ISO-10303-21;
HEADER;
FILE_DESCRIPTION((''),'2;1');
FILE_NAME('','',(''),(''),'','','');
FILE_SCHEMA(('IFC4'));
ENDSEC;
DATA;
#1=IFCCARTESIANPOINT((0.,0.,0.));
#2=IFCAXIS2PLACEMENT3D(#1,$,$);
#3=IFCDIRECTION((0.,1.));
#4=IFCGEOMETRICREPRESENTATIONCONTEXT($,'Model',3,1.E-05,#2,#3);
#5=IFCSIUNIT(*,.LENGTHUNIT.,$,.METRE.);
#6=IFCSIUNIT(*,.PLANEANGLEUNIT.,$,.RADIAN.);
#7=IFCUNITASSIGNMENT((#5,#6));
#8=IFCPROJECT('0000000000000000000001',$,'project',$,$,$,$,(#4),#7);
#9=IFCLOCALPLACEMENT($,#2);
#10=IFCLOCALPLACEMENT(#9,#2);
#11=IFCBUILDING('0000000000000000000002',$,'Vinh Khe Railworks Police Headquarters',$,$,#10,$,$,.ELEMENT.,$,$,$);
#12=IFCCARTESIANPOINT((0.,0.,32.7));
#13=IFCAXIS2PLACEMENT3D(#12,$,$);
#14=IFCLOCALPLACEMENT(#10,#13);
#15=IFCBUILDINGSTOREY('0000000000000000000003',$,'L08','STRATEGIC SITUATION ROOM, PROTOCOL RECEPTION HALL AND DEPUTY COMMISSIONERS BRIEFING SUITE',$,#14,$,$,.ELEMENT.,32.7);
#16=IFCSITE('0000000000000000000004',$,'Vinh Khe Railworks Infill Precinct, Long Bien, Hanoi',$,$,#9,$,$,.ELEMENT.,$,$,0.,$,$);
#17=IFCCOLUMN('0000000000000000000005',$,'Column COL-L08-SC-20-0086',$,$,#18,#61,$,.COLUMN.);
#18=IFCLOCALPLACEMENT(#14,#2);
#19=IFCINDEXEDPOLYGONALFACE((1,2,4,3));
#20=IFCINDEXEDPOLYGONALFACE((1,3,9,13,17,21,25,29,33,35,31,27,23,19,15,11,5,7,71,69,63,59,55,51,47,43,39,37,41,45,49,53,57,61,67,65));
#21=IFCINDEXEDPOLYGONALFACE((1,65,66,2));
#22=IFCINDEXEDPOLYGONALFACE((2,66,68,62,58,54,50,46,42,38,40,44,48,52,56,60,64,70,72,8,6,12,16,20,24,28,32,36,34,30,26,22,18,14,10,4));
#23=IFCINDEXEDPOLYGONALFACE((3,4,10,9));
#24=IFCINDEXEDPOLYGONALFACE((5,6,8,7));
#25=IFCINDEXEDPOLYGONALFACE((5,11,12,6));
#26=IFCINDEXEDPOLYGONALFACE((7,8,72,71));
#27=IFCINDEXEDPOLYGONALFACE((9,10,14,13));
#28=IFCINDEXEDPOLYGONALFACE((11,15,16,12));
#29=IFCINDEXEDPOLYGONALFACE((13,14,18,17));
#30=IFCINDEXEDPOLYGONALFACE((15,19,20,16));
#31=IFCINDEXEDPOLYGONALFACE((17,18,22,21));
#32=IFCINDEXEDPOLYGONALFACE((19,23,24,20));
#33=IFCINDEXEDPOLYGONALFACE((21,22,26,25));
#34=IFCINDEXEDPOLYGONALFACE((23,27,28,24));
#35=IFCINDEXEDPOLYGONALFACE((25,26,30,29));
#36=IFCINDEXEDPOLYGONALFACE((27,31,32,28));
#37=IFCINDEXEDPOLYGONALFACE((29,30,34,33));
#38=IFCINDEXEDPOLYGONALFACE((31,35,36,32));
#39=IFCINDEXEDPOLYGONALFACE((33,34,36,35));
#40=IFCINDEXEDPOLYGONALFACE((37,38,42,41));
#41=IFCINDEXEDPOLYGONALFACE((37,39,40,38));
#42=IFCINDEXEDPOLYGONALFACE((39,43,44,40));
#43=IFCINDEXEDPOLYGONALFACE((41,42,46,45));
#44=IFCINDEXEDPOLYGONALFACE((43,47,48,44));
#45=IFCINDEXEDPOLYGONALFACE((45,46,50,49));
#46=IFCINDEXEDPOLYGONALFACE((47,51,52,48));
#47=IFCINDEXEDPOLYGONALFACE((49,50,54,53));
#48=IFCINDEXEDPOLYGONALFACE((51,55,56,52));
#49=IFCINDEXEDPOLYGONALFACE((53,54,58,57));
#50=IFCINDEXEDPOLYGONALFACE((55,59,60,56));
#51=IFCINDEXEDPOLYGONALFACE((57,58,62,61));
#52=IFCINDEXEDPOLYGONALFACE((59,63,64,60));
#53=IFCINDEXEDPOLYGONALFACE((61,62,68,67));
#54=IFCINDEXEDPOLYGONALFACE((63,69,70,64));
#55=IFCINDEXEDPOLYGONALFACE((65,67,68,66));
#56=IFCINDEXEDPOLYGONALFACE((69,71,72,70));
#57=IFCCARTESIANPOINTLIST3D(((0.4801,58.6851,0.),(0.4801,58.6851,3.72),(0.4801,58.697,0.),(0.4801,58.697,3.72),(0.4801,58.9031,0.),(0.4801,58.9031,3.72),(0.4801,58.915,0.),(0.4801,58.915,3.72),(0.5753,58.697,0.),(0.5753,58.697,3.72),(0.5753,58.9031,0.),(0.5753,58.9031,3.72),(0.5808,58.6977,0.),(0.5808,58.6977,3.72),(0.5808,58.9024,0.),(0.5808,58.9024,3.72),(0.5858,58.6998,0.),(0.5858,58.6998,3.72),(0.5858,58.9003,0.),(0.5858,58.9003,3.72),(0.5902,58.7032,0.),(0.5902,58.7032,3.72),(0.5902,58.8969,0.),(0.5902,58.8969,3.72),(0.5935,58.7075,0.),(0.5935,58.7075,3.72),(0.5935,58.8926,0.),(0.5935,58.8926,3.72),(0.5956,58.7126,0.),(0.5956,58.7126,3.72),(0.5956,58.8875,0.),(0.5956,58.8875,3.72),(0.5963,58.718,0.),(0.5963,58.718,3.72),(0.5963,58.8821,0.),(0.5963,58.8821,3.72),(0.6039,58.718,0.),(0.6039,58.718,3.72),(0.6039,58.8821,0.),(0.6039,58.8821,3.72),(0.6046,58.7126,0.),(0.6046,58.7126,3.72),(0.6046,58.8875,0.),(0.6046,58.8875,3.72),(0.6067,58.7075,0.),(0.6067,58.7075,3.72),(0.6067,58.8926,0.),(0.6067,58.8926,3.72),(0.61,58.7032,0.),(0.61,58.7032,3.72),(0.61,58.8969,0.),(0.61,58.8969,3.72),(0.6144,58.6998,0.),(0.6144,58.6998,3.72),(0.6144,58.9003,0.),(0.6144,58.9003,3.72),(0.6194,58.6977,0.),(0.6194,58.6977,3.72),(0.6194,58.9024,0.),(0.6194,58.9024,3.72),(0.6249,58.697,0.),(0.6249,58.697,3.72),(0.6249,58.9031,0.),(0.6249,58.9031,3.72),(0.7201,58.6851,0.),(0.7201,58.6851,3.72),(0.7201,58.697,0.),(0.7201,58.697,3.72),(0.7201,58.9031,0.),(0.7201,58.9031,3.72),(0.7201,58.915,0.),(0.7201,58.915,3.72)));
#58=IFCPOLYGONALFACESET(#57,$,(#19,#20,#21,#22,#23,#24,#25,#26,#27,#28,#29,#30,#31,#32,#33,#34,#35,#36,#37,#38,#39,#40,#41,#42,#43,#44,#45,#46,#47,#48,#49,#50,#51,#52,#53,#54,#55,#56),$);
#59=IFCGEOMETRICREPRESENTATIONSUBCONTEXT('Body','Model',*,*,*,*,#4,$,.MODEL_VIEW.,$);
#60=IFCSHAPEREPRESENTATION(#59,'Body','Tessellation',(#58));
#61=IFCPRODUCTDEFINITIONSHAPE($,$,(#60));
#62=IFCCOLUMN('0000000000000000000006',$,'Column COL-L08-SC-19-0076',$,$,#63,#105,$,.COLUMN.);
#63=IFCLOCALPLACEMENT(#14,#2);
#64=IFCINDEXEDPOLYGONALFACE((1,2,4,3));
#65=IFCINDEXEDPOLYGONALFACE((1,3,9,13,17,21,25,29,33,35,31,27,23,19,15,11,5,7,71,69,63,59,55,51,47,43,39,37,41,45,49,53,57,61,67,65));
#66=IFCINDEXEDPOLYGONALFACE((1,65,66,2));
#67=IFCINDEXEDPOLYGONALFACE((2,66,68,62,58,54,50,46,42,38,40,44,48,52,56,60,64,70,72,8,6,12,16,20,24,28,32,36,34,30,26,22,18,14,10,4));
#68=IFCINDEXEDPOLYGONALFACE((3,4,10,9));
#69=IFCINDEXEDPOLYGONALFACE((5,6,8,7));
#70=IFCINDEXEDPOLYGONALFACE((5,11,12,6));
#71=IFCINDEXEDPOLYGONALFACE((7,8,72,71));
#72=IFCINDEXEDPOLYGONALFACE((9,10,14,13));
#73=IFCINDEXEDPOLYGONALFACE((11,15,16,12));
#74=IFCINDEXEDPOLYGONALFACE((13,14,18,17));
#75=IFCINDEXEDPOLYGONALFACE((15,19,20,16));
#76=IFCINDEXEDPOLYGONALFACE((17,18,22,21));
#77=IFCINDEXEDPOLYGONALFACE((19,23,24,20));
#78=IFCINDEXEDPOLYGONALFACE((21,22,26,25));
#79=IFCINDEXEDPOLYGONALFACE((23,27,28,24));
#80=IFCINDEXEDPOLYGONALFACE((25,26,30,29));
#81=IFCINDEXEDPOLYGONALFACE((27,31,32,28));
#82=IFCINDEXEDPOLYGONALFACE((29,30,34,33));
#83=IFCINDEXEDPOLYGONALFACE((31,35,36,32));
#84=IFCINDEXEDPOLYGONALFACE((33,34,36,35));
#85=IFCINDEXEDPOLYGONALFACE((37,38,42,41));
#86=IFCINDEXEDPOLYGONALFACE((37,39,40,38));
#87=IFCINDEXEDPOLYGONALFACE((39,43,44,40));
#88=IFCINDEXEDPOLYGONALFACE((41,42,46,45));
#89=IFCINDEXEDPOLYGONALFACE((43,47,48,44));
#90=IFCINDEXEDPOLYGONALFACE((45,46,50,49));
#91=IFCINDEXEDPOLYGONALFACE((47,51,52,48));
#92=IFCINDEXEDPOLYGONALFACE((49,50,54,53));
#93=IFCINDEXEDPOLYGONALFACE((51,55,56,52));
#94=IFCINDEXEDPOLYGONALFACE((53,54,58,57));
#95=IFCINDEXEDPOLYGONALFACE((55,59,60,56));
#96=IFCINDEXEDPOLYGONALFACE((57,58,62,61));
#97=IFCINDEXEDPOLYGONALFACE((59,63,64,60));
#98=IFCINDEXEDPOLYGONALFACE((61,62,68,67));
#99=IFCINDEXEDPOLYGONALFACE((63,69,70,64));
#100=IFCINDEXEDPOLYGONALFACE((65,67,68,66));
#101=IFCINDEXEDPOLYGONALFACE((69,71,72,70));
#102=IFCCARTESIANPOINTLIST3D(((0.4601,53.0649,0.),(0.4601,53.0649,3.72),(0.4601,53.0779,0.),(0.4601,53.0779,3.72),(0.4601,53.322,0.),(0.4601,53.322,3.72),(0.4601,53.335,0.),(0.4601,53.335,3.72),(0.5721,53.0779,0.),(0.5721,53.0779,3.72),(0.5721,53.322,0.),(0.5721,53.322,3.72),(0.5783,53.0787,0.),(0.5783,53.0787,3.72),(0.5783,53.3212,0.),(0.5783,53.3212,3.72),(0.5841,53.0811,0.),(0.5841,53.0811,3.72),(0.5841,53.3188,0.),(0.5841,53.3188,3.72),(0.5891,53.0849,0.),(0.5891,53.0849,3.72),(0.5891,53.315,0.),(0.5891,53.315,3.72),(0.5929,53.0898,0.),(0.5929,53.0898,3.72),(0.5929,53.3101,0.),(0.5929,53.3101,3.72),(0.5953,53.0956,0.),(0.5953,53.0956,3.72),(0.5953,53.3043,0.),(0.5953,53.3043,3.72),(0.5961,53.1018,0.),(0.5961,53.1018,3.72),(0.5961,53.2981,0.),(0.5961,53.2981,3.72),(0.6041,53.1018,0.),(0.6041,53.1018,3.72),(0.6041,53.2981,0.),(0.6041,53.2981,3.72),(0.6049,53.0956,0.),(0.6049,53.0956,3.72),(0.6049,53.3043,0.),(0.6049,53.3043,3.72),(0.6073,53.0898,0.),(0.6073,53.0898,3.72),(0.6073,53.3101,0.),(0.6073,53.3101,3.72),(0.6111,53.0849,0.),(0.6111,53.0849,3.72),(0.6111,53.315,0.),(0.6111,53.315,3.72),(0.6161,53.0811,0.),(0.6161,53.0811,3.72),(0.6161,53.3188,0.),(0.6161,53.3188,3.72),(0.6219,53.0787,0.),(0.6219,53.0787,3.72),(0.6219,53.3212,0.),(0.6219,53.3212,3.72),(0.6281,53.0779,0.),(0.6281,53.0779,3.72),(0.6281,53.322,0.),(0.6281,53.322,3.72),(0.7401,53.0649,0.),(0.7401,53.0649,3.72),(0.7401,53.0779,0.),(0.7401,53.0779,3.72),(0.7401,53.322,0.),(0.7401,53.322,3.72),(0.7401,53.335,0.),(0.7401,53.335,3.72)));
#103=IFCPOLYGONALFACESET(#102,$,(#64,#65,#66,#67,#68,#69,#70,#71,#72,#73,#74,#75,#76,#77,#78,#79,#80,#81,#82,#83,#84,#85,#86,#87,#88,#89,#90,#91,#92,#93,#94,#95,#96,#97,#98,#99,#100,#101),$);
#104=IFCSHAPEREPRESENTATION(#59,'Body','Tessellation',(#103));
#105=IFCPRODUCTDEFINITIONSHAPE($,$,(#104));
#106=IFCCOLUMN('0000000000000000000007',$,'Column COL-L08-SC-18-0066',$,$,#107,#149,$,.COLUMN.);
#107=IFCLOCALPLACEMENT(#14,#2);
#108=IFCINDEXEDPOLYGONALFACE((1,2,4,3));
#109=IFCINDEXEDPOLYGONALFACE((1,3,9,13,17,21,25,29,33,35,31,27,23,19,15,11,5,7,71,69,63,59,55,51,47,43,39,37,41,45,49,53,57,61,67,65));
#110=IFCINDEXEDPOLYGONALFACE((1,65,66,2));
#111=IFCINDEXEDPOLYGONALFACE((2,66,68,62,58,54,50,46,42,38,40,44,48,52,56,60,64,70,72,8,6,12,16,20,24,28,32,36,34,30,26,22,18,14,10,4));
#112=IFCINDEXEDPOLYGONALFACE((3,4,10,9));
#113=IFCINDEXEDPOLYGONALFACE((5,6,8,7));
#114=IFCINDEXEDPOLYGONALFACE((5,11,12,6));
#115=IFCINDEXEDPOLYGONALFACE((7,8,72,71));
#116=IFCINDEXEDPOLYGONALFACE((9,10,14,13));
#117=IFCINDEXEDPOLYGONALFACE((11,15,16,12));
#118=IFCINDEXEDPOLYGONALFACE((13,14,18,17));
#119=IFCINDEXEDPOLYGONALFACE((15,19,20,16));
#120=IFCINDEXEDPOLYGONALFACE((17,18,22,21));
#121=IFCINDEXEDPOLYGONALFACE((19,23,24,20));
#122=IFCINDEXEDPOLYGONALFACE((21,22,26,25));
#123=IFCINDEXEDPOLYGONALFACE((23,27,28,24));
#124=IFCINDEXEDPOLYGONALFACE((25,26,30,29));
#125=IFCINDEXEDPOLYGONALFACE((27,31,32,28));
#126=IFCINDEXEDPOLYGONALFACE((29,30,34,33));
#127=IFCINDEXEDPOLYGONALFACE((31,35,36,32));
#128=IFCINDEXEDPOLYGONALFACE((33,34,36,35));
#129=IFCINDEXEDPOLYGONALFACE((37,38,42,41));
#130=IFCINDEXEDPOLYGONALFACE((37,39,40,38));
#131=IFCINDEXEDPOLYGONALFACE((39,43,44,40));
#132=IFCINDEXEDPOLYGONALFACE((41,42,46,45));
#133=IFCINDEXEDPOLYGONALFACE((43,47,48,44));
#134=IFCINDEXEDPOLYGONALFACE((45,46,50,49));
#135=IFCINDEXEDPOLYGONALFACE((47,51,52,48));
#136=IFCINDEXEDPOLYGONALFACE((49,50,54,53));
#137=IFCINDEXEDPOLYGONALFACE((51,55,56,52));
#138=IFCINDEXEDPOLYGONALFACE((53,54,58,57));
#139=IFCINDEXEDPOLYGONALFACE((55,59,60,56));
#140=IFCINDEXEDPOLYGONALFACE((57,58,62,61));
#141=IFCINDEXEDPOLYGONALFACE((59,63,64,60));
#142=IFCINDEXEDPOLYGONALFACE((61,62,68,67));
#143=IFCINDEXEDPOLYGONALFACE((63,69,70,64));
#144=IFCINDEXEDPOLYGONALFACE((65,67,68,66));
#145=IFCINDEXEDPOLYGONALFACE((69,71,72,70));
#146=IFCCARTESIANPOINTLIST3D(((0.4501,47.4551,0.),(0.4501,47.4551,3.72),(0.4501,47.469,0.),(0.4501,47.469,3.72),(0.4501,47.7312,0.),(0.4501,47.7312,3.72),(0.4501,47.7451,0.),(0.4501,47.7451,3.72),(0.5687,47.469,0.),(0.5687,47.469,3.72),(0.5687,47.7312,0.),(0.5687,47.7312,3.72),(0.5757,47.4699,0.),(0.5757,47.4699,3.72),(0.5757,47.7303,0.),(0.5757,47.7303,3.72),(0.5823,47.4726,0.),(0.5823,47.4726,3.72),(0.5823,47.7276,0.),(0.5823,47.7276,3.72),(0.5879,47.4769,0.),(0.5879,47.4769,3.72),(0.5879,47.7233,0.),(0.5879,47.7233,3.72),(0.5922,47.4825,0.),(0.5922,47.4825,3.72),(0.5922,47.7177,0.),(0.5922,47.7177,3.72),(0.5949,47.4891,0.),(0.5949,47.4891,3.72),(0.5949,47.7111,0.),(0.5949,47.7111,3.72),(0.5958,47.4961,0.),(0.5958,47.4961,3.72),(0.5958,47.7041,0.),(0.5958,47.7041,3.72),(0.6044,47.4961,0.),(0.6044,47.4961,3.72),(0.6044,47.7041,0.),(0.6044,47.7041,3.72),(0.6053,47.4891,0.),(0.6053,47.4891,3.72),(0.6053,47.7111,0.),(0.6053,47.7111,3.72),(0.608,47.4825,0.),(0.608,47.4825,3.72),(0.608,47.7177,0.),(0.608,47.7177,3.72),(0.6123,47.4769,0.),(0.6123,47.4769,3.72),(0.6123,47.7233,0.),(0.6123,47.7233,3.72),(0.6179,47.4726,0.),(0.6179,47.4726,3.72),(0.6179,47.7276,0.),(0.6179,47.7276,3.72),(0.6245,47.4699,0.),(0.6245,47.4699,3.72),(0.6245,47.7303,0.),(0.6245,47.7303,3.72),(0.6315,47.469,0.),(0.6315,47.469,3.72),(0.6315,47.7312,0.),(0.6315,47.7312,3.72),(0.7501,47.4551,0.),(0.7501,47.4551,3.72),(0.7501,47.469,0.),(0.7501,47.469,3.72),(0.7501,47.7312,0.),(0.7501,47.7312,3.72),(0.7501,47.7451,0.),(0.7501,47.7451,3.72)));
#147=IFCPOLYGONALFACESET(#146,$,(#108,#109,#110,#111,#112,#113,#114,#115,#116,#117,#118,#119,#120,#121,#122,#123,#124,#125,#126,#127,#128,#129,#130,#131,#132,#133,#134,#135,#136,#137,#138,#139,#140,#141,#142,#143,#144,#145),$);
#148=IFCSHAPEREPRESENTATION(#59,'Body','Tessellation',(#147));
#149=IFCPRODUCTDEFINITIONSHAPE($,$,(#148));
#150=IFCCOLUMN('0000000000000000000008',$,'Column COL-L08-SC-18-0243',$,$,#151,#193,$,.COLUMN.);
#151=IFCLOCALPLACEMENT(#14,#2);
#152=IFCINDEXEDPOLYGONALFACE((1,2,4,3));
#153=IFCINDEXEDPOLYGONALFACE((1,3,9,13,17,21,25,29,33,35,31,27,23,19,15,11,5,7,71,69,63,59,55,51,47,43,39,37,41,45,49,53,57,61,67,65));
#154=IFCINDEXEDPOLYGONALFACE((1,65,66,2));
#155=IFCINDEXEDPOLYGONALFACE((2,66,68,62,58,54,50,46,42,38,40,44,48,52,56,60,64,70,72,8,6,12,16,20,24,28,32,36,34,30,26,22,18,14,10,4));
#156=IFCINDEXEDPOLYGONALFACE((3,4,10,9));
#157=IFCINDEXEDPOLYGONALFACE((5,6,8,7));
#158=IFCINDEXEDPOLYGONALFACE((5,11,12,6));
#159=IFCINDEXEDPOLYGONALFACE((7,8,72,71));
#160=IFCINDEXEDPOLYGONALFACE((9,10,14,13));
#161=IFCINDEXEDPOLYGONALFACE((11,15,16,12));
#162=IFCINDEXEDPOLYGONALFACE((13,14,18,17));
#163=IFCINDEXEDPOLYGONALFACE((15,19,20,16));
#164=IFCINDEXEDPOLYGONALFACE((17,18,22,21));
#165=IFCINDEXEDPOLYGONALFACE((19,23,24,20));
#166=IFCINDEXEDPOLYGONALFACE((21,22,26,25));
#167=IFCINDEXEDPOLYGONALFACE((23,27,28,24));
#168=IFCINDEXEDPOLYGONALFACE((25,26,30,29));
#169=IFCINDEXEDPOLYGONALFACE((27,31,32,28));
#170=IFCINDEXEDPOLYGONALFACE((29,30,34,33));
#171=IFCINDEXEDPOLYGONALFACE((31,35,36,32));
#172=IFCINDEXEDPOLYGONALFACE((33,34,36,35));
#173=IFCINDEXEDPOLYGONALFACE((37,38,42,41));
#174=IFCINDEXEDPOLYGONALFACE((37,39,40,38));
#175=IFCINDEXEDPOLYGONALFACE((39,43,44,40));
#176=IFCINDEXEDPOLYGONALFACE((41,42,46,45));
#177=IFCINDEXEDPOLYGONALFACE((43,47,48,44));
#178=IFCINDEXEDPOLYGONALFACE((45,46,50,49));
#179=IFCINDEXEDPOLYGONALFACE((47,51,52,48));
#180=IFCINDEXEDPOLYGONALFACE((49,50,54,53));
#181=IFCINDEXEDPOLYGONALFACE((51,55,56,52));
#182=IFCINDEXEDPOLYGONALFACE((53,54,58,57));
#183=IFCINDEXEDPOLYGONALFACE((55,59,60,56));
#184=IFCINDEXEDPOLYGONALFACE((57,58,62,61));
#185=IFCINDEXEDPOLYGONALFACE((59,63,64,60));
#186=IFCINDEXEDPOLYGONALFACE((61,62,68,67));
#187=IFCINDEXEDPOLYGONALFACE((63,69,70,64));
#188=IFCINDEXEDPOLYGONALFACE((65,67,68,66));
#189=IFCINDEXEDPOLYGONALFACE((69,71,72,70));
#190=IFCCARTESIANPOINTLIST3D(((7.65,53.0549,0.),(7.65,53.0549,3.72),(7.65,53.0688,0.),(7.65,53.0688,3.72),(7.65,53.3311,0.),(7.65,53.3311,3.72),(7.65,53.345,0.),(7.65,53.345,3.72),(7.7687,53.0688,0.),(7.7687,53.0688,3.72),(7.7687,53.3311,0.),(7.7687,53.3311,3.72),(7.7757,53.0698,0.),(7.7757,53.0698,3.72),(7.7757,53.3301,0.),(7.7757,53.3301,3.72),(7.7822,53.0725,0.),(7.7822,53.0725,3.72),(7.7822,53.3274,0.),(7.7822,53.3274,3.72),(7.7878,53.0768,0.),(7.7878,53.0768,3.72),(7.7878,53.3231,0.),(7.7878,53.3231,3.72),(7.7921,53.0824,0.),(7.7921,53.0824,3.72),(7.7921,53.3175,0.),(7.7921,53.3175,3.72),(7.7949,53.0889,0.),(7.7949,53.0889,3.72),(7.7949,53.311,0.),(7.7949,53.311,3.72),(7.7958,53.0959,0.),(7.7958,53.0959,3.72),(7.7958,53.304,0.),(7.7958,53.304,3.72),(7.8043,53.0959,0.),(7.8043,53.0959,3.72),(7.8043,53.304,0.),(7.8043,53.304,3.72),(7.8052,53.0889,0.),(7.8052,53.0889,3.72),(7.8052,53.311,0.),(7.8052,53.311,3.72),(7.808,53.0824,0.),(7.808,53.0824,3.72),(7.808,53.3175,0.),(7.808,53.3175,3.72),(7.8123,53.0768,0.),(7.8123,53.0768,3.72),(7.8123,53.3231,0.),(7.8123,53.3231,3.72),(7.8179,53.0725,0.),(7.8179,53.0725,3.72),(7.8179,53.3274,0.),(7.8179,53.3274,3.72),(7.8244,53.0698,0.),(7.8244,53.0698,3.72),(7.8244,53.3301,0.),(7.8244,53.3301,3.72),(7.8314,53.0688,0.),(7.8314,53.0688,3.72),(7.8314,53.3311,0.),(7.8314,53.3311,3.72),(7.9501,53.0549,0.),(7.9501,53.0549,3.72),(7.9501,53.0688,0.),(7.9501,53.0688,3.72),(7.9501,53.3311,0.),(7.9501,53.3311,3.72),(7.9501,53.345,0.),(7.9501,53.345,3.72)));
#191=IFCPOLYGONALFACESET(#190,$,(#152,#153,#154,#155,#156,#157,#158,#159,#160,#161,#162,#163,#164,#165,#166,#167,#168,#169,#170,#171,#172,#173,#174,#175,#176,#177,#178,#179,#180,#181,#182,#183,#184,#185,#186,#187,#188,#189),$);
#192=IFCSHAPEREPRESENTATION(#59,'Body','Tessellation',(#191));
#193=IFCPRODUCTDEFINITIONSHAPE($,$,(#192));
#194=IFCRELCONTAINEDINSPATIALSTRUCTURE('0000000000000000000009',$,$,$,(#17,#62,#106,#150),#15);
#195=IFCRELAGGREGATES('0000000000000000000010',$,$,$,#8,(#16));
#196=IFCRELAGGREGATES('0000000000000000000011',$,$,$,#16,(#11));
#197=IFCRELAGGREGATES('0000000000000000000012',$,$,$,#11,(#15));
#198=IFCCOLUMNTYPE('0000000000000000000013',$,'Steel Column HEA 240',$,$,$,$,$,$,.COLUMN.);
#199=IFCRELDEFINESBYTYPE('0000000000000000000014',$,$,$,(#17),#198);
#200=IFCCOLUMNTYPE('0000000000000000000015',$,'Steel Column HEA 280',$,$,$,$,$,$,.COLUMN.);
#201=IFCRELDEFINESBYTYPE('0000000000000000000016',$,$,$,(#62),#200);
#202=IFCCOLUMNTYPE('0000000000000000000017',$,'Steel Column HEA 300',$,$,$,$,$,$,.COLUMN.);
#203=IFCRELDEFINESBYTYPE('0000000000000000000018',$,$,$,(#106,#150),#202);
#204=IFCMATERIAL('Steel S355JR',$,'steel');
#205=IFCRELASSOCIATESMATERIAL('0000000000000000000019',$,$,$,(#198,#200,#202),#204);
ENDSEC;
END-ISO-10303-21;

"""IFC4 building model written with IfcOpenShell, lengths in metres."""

from ifc_helpers import new_model, si_unit, direction, frame, origin, origin_2d, place, context, subcontext, project, spatial, i_section, extrude, material, material_profile, profile_set, type_object, element, save


model = new_model("IFC4")

# Units and contexts
model_context = context("Model", 3, precision=1e-05, world=origin(), true_north=direction((0.0, 1.0)))
body_context = subcontext(model_context, "Body", "Model", "MODEL_VIEW")
ifc_project = project(units=[si_unit("LENGTHUNIT", "METRE"), si_unit("PLANEANGLEUNIT", "RADIAN")], contexts=[model_context])

# Site, building, storey
site_placement = place(None, origin())
site = spatial("IfcSite", under=ifc_project, at=site_placement, Name="Vinh Khe Railworks Infill Precinct, Long Bien, Hanoi", CompositionType="ELEMENT", RefElevation=0.0)
building_placement = place(site_placement, origin())
building = spatial("IfcBuilding", under=site, at=building_placement, Name="Vinh Khe Railworks Police Headquarters", CompositionType="ELEMENT")
storey_placement = place(building_placement, frame((0.0, 0.0, 32.7)))
storey = spatial("IfcBuildingStorey", under=building, at=storey_placement, Name="L08", Description="STRATEGIC SITUATION ROOM, PROTOCOL RECEPTION HALL AND DEPUTY COMMISSIONERS BRIEFING SUITE", CompositionType="ELEMENT", Elevation=32.7)

# Columns
ifc_material_1 = material(Name="Steel S355JR", Category="steel")
ifc_material_profile_1 = material_profile(ifc_material_1, i_section(OverallWidth=0.24, OverallDepth=0.23, WebThickness=0.0076, FlangeThickness=0.012, FilletRadius=0.021, at=origin_2d()), Name="HEA 240")
ifc_profile_set_1 = profile_set([ifc_material_profile_1], Name="Steel S355JR")
column_type_1 = type_object("IfcColumnType", Name="Steel Column HEA 240", PredefinedType="COLUMN", material=ifc_profile_set_1)
column_1_placement = place(storey_placement, frame((0.6001, 58.8, 0.0), z_axis=(0.0, 0.0, 1.0), x_axis=(1.0, 0.0, 0.0)))
element("IfcColumn", 1, at=column_1_placement, inside=storey, type_object=column_type_1, Name="Column COL-L08-SC-20-0086", PredefinedType="COLUMN", context=body_context, shape_type="SweptSolid", body=[
    extrude(i_section(OverallWidth=0.24, OverallDepth=0.23, WebThickness=0.0076, FlangeThickness=0.012, FilletRadius=0.021, at=origin_2d()), origin(), (0.0, 0.0, 1.0), 3.72),
])
ifc_material_profile_2 = material_profile(ifc_material_1, i_section(OverallWidth=0.28, OverallDepth=0.27, WebThickness=0.0081, FlangeThickness=0.0129, FilletRadius=0.0239, at=origin_2d()), Name="HEA 280")
ifc_profile_set_2 = profile_set([ifc_material_profile_2], Name="Steel S355JR")
column_type_2 = type_object("IfcColumnType", Name="Steel Column HEA 280", PredefinedType="COLUMN", material=ifc_profile_set_2)
column_2_placement = place(storey_placement, frame((0.6001, 53.2, 0.0), z_axis=(0.0, 0.0, 1.0), x_axis=(1.0, 0.0, 0.0)))
element("IfcColumn", 2, at=column_2_placement, inside=storey, type_object=column_type_2, Name="Column COL-L08-SC-19-0076", PredefinedType="COLUMN", context=body_context, shape_type="SweptSolid", body=[
    extrude(i_section(OverallWidth=0.28, OverallDepth=0.27, WebThickness=0.0081, FlangeThickness=0.0129, FilletRadius=0.0239, at=origin_2d()), origin(), (0.0, 0.0, 1.0), 3.72),
])
ifc_material_profile_3 = material_profile(ifc_material_1, i_section(OverallWidth=0.3, OverallDepth=0.29, WebThickness=0.0085, FlangeThickness=0.0139, FilletRadius=0.0271, at=origin_2d()), Name="HEA 300")
ifc_profile_set_3 = profile_set([ifc_material_profile_3], Name="Steel S355JR")
column_type_3 = type_object("IfcColumnType", Name="Steel Column HEA 300", PredefinedType="COLUMN", material=ifc_profile_set_3)
for number, where, z_axis, x_axis, name in (
    (3, (0.6001, 47.6001, 0.0), (0.0, 0.0, 1.0), (1.0, 0.0, 0.0), "Column COL-L08-SC-18-0066"),
    (4, (7.8, 53.2, 0.0), (0.0, 0.0, 1.0), (1.0, 0.0, 0.0), "Column COL-L08-SC-18-0243"),
):
    element("IfcColumn", number, at=place(storey_placement, frame(where, z_axis=z_axis, x_axis=x_axis)), inside=storey, type_object=column_type_3, Name=name, PredefinedType="COLUMN", context=body_context, shape_type="SweptSolid", body=[
        extrude(i_section(OverallWidth=0.3, OverallDepth=0.29, WebThickness=0.0085, FlangeThickness=0.0139, FilletRadius=0.0271, at=origin_2d()), origin(), (0.0, 0.0, 1.0), 3.72),
    ])

save(model, "model.ifc")
